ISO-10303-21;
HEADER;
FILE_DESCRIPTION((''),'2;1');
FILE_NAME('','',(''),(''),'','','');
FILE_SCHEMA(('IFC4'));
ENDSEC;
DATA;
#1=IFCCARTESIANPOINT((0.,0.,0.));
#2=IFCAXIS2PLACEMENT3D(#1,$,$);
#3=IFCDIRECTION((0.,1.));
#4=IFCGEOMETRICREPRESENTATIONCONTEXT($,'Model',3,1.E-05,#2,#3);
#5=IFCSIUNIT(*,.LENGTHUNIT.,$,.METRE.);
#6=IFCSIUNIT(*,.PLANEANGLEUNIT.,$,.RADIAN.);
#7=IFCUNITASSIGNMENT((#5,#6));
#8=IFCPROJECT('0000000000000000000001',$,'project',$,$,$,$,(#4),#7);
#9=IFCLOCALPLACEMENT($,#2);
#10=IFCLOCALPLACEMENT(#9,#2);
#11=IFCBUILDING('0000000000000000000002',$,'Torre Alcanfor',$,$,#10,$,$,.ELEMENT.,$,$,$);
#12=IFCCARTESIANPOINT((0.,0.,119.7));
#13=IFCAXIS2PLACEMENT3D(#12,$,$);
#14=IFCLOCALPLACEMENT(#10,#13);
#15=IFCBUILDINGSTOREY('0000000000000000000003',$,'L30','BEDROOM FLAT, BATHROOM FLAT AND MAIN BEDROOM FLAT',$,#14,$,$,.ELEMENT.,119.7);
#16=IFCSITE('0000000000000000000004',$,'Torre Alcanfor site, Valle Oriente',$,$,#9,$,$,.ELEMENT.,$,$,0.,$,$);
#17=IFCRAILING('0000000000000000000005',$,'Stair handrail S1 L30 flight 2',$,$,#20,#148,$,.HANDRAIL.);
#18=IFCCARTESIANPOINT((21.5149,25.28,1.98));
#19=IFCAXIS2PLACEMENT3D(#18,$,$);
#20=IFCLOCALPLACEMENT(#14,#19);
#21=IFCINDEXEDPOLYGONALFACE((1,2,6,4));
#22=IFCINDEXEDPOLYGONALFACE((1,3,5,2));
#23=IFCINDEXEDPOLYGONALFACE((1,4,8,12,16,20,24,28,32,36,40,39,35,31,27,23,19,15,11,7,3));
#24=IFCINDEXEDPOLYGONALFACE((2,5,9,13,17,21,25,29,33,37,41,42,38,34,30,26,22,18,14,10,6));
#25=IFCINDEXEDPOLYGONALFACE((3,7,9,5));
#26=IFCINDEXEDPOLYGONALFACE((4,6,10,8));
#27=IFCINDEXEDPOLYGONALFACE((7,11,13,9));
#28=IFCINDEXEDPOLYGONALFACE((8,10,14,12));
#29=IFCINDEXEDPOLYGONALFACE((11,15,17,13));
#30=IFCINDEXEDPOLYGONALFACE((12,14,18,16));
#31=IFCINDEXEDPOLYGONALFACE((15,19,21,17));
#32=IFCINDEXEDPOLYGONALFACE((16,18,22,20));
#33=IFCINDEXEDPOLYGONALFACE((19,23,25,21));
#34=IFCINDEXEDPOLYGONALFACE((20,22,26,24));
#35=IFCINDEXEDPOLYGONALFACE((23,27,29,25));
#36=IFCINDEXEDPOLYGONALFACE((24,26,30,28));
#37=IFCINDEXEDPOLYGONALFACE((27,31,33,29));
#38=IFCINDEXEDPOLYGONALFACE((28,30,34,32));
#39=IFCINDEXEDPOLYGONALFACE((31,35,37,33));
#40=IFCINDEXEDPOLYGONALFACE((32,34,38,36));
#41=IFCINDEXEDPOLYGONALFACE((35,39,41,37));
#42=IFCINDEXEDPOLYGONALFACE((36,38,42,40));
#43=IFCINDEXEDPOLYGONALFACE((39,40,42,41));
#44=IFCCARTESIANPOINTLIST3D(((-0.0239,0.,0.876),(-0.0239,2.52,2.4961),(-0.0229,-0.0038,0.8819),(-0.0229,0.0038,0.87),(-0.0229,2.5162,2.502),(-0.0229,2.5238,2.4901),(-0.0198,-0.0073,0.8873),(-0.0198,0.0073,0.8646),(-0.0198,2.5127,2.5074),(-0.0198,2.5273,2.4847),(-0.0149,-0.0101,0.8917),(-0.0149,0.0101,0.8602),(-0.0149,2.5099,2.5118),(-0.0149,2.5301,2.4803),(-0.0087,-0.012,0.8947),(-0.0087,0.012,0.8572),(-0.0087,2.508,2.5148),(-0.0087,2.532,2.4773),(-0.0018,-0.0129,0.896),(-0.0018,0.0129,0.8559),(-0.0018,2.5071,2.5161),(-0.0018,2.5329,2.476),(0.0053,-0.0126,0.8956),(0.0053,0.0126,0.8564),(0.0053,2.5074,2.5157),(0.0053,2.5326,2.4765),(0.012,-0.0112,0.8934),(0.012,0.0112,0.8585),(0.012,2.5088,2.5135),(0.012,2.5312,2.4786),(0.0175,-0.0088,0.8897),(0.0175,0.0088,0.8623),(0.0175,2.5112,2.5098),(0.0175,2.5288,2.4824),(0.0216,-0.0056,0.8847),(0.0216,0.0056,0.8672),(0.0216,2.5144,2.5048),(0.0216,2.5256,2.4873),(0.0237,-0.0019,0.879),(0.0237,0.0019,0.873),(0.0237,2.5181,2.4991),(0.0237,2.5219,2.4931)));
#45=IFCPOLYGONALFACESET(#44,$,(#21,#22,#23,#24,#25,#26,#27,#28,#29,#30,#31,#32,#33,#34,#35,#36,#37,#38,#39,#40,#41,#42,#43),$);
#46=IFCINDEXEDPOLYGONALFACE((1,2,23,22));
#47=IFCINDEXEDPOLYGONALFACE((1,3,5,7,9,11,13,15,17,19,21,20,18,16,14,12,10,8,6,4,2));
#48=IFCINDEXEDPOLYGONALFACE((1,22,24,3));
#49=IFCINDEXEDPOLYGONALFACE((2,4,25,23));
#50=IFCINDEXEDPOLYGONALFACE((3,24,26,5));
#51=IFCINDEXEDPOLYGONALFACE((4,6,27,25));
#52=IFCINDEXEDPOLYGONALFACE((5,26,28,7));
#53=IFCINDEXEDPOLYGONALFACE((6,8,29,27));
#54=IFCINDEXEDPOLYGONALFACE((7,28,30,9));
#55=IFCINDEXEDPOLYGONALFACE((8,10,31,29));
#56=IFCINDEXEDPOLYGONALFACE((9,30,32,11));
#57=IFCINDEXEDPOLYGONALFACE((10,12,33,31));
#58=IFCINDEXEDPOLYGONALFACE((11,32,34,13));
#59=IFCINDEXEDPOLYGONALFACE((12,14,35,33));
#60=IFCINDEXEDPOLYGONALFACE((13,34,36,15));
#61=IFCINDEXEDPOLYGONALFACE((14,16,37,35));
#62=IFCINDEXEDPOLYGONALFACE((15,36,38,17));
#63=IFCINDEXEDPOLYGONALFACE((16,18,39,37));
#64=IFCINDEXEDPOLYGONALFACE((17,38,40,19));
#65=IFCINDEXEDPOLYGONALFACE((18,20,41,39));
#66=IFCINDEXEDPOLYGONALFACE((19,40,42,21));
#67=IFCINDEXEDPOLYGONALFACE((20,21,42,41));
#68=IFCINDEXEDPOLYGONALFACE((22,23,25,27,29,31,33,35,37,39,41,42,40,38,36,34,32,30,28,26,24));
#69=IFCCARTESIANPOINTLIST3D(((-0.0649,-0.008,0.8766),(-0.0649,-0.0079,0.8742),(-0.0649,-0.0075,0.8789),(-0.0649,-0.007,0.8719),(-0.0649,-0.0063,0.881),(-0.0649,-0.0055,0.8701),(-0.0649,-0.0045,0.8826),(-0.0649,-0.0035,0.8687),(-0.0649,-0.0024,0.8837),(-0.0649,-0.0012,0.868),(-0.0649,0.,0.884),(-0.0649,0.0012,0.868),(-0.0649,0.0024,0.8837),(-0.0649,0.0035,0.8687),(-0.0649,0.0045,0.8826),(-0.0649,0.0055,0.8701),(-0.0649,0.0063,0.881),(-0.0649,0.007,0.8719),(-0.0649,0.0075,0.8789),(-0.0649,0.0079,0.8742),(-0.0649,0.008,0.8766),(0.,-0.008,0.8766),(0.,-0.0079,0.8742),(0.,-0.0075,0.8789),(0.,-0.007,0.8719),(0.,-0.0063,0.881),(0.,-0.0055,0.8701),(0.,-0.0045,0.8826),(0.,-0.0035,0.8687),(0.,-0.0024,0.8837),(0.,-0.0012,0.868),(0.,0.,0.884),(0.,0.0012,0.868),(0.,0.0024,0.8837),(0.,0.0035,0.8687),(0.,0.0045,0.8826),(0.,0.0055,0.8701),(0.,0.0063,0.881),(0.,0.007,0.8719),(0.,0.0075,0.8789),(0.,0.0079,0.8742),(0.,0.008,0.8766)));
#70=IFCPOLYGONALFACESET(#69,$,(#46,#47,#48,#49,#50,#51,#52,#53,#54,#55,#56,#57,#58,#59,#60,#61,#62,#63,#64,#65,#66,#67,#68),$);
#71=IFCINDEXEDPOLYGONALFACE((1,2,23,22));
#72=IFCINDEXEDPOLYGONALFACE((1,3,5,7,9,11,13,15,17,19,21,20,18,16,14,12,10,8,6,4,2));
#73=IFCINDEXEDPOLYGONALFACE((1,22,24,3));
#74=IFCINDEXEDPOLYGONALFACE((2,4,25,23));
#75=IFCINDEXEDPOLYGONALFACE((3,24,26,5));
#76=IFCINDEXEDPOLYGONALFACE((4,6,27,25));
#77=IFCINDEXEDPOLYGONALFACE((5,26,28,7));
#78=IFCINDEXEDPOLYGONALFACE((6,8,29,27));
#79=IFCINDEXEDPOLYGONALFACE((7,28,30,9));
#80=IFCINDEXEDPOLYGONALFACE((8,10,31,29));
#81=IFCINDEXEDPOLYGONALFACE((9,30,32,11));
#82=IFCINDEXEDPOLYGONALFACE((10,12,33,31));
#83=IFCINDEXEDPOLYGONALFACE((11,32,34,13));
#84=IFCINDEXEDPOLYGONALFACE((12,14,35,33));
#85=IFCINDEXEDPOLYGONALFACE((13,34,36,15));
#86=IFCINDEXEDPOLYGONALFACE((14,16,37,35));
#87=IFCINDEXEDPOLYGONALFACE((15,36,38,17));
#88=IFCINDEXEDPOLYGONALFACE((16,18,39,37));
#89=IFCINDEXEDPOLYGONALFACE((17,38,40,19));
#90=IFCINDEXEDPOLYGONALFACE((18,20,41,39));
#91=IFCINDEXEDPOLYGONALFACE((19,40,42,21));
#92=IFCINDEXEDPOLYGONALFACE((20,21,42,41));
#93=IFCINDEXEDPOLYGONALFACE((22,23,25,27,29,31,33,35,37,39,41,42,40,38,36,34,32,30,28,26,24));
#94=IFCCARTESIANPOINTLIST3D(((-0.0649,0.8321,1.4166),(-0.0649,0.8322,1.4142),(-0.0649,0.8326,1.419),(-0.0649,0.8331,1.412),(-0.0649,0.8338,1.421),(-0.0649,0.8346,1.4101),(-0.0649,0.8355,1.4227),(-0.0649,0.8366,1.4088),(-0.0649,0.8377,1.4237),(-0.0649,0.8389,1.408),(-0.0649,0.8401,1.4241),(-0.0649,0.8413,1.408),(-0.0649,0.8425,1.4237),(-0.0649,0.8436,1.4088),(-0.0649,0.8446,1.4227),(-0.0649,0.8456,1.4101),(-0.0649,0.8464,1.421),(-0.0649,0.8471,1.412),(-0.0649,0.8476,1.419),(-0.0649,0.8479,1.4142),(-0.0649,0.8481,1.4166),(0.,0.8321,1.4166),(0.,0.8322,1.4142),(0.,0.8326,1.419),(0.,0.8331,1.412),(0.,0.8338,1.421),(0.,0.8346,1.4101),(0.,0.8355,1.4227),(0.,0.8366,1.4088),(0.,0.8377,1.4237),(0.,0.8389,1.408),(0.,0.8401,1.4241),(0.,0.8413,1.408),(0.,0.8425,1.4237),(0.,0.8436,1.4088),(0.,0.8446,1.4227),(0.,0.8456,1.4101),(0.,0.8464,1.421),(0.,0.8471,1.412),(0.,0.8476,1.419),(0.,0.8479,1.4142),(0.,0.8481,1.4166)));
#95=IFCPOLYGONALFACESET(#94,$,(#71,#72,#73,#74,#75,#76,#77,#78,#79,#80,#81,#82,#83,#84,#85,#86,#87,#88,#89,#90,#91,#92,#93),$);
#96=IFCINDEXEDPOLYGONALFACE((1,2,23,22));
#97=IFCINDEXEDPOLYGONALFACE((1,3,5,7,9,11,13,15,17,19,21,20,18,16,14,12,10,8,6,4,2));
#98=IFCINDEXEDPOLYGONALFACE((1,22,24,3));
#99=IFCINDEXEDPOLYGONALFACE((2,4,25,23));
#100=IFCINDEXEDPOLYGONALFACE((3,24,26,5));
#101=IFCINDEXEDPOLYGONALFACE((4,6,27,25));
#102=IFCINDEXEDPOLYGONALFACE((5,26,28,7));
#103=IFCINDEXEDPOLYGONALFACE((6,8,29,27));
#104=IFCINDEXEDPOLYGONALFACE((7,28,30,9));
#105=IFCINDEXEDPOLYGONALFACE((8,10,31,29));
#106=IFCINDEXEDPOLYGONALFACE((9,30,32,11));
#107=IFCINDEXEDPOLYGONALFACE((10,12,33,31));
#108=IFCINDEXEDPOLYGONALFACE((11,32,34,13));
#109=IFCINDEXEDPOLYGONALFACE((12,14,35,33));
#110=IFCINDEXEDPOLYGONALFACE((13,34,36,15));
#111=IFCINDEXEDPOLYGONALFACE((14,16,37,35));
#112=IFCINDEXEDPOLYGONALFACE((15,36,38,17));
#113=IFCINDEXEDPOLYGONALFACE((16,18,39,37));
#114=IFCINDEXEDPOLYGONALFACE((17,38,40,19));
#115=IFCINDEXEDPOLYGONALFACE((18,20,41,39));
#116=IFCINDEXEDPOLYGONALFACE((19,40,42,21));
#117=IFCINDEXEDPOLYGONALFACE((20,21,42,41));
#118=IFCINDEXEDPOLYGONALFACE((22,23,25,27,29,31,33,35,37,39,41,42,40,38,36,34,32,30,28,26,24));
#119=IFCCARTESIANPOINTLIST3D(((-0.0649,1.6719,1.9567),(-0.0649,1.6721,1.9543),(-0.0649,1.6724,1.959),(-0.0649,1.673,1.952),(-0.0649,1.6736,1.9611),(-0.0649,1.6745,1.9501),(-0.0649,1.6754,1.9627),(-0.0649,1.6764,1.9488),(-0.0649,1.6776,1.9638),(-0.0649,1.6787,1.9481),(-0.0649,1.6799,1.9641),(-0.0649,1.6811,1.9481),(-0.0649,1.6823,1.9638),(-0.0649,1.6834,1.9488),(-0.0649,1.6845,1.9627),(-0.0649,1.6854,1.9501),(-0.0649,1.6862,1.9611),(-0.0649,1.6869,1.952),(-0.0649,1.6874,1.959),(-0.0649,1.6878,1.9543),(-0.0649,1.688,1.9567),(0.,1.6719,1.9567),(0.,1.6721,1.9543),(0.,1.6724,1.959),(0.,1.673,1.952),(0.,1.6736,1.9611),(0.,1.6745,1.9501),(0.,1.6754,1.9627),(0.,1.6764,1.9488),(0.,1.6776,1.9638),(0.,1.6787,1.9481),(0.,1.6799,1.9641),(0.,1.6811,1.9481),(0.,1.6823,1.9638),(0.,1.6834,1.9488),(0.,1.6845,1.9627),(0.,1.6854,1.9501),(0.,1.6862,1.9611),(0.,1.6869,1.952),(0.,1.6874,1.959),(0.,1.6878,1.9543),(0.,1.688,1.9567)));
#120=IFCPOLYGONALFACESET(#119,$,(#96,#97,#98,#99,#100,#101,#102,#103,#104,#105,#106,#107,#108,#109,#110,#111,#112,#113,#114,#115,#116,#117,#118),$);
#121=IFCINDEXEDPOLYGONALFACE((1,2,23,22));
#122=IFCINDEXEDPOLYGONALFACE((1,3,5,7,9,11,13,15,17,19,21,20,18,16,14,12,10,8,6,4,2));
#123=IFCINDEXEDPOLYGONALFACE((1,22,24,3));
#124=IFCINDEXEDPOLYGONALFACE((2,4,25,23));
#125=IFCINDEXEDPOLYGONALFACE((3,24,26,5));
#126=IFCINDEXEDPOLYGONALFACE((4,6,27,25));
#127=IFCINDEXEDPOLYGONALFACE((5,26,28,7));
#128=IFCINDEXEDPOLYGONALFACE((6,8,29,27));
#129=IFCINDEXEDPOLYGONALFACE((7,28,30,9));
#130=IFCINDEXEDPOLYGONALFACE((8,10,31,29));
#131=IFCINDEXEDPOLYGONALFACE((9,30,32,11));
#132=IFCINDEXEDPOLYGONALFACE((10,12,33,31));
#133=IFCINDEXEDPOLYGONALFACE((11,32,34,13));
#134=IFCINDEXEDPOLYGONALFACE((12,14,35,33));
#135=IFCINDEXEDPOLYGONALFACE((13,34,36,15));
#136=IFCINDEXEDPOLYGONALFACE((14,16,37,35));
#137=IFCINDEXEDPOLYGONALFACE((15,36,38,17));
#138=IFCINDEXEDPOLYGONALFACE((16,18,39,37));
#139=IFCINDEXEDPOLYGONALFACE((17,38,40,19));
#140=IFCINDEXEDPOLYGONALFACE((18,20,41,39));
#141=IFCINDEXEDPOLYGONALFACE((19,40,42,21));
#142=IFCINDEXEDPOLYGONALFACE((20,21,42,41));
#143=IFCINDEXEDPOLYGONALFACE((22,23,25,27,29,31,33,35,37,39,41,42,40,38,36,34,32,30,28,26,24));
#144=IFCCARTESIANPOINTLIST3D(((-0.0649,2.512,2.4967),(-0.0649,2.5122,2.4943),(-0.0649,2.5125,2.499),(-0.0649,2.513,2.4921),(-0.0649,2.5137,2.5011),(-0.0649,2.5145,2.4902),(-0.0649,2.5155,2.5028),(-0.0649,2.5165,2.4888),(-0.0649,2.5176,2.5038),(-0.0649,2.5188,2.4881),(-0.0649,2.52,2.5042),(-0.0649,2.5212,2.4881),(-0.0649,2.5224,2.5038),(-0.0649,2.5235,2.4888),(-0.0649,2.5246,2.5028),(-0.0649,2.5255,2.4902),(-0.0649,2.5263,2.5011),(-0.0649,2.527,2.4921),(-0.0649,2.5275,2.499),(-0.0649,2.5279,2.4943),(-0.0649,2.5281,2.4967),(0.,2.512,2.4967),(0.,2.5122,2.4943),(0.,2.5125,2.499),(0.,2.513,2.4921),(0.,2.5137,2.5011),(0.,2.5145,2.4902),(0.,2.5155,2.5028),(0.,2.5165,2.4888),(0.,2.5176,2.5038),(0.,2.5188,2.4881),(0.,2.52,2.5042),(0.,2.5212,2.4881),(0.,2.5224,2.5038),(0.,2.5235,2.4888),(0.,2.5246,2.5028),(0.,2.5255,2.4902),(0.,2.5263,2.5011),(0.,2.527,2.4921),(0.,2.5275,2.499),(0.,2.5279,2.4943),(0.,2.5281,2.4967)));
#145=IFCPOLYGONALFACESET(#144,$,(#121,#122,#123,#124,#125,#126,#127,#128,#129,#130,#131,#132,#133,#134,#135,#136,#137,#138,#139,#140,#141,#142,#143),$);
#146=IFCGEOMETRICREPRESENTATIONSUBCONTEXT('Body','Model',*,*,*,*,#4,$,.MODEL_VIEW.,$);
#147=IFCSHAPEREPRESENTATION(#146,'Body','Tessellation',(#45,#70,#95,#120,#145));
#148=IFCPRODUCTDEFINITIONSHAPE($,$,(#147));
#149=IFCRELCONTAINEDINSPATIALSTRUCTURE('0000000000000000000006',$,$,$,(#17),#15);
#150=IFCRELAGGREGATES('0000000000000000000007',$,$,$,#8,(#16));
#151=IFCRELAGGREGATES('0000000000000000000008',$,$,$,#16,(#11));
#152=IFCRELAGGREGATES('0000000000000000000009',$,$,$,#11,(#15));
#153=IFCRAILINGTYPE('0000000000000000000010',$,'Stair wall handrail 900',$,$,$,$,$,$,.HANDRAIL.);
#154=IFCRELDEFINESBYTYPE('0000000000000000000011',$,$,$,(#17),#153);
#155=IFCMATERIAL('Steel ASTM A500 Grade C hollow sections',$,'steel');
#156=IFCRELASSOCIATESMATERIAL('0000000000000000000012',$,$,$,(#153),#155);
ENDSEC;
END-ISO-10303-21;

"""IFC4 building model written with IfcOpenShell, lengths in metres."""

from ifc_helpers import new_model, si_unit, direction, frame, origin, origin_2d, place, context, subcontext, project, spatial, circle, extrude, material, type_object, element, save


model = new_model("IFC4")

# Units and contexts
model_context = context("Model", 3, precision=1e-05, world=origin(), true_north=direction((0.0, 1.0)))
body_context = subcontext(model_context, "Body", "Model", "MODEL_VIEW")
ifc_project = project(units=[si_unit("LENGTHUNIT", "METRE"), si_unit("PLANEANGLEUNIT", "RADIAN")], contexts=[model_context])

# Site, building, storey
site_placement = place(None, origin())
site = spatial("IfcSite", under=ifc_project, at=site_placement, Name="Torre Alcanfor site, Valle Oriente", CompositionType="ELEMENT", RefElevation=0.0)
building_placement = place(site_placement, origin())
building = spatial("IfcBuilding", under=site, at=building_placement, Name="Torre Alcanfor", CompositionType="ELEMENT")
storey_placement = place(building_placement, frame((0.0, 0.0, 119.7)))
storey = spatial("IfcBuildingStorey", under=building, at=storey_placement, Name="L30", Description="BEDROOM FLAT, BATHROOM FLAT AND MAIN BEDROOM FLAT", CompositionType="ELEMENT", Elevation=119.7)

# Railing
ifc_material_1 = material(Name="Steel ASTM A500 Grade C hollow sections", Category="steel")
railing_type_1 = type_object("IfcRailingType", Name="Stair wall handrail 900", PredefinedType="HANDRAIL", material=ifc_material_1)
railing_1_placement = place(storey_placement, frame((21.5149, 25.28, 1.98)))
element("IfcRailing", 1, at=railing_1_placement, inside=storey, type_object=railing_type_1, Name="Stair handrail S1 L30 flight 2", PredefinedType="HANDRAIL", context=body_context, shape_type="SweptSolid", body=[
    extrude(circle(Radius=0.0239, at=origin_2d()), frame((0.0, 0.0, 0.876), z_axis=(0.0, 0.841163, 0.540782), x_axis=(-1.0, 0.0, 0.0)), (0.0, 0.0, 1.0), 2.9958),
    extrude(circle(Radius=0.0081, at=origin_2d()), frame((0.0, 0.0, 0.876), z_axis=(-1.0, 0.0, 0.0), x_axis=(0.0, 0.0, 1.0)), (0.0, 0.0, 1.0), 0.0649),
    extrude(circle(Radius=0.0081, at=origin_2d()), frame((0.0, 0.8401, 1.416), z_axis=(-1.0, 0.0, 0.0), x_axis=(0.0, 0.0, 1.0)), (0.0, 0.0, 1.0), 0.0649),
    extrude(circle(Radius=0.0081, at=origin_2d()), frame((0.0, 1.6799, 1.9561), z_axis=(-1.0, 0.0, 0.0), x_axis=(0.0, 0.0, 1.0)), (0.0, 0.0, 1.0), 0.0649),
    extrude(circle(Radius=0.0081, at=origin_2d()), frame((0.0, 2.52, 2.4961), z_axis=(-1.0, 0.0, 0.0), x_axis=(0.0, 0.0, 1.0)), (0.0, 0.0, 1.0), 0.0649),
])

save(model, "model.ifc")
